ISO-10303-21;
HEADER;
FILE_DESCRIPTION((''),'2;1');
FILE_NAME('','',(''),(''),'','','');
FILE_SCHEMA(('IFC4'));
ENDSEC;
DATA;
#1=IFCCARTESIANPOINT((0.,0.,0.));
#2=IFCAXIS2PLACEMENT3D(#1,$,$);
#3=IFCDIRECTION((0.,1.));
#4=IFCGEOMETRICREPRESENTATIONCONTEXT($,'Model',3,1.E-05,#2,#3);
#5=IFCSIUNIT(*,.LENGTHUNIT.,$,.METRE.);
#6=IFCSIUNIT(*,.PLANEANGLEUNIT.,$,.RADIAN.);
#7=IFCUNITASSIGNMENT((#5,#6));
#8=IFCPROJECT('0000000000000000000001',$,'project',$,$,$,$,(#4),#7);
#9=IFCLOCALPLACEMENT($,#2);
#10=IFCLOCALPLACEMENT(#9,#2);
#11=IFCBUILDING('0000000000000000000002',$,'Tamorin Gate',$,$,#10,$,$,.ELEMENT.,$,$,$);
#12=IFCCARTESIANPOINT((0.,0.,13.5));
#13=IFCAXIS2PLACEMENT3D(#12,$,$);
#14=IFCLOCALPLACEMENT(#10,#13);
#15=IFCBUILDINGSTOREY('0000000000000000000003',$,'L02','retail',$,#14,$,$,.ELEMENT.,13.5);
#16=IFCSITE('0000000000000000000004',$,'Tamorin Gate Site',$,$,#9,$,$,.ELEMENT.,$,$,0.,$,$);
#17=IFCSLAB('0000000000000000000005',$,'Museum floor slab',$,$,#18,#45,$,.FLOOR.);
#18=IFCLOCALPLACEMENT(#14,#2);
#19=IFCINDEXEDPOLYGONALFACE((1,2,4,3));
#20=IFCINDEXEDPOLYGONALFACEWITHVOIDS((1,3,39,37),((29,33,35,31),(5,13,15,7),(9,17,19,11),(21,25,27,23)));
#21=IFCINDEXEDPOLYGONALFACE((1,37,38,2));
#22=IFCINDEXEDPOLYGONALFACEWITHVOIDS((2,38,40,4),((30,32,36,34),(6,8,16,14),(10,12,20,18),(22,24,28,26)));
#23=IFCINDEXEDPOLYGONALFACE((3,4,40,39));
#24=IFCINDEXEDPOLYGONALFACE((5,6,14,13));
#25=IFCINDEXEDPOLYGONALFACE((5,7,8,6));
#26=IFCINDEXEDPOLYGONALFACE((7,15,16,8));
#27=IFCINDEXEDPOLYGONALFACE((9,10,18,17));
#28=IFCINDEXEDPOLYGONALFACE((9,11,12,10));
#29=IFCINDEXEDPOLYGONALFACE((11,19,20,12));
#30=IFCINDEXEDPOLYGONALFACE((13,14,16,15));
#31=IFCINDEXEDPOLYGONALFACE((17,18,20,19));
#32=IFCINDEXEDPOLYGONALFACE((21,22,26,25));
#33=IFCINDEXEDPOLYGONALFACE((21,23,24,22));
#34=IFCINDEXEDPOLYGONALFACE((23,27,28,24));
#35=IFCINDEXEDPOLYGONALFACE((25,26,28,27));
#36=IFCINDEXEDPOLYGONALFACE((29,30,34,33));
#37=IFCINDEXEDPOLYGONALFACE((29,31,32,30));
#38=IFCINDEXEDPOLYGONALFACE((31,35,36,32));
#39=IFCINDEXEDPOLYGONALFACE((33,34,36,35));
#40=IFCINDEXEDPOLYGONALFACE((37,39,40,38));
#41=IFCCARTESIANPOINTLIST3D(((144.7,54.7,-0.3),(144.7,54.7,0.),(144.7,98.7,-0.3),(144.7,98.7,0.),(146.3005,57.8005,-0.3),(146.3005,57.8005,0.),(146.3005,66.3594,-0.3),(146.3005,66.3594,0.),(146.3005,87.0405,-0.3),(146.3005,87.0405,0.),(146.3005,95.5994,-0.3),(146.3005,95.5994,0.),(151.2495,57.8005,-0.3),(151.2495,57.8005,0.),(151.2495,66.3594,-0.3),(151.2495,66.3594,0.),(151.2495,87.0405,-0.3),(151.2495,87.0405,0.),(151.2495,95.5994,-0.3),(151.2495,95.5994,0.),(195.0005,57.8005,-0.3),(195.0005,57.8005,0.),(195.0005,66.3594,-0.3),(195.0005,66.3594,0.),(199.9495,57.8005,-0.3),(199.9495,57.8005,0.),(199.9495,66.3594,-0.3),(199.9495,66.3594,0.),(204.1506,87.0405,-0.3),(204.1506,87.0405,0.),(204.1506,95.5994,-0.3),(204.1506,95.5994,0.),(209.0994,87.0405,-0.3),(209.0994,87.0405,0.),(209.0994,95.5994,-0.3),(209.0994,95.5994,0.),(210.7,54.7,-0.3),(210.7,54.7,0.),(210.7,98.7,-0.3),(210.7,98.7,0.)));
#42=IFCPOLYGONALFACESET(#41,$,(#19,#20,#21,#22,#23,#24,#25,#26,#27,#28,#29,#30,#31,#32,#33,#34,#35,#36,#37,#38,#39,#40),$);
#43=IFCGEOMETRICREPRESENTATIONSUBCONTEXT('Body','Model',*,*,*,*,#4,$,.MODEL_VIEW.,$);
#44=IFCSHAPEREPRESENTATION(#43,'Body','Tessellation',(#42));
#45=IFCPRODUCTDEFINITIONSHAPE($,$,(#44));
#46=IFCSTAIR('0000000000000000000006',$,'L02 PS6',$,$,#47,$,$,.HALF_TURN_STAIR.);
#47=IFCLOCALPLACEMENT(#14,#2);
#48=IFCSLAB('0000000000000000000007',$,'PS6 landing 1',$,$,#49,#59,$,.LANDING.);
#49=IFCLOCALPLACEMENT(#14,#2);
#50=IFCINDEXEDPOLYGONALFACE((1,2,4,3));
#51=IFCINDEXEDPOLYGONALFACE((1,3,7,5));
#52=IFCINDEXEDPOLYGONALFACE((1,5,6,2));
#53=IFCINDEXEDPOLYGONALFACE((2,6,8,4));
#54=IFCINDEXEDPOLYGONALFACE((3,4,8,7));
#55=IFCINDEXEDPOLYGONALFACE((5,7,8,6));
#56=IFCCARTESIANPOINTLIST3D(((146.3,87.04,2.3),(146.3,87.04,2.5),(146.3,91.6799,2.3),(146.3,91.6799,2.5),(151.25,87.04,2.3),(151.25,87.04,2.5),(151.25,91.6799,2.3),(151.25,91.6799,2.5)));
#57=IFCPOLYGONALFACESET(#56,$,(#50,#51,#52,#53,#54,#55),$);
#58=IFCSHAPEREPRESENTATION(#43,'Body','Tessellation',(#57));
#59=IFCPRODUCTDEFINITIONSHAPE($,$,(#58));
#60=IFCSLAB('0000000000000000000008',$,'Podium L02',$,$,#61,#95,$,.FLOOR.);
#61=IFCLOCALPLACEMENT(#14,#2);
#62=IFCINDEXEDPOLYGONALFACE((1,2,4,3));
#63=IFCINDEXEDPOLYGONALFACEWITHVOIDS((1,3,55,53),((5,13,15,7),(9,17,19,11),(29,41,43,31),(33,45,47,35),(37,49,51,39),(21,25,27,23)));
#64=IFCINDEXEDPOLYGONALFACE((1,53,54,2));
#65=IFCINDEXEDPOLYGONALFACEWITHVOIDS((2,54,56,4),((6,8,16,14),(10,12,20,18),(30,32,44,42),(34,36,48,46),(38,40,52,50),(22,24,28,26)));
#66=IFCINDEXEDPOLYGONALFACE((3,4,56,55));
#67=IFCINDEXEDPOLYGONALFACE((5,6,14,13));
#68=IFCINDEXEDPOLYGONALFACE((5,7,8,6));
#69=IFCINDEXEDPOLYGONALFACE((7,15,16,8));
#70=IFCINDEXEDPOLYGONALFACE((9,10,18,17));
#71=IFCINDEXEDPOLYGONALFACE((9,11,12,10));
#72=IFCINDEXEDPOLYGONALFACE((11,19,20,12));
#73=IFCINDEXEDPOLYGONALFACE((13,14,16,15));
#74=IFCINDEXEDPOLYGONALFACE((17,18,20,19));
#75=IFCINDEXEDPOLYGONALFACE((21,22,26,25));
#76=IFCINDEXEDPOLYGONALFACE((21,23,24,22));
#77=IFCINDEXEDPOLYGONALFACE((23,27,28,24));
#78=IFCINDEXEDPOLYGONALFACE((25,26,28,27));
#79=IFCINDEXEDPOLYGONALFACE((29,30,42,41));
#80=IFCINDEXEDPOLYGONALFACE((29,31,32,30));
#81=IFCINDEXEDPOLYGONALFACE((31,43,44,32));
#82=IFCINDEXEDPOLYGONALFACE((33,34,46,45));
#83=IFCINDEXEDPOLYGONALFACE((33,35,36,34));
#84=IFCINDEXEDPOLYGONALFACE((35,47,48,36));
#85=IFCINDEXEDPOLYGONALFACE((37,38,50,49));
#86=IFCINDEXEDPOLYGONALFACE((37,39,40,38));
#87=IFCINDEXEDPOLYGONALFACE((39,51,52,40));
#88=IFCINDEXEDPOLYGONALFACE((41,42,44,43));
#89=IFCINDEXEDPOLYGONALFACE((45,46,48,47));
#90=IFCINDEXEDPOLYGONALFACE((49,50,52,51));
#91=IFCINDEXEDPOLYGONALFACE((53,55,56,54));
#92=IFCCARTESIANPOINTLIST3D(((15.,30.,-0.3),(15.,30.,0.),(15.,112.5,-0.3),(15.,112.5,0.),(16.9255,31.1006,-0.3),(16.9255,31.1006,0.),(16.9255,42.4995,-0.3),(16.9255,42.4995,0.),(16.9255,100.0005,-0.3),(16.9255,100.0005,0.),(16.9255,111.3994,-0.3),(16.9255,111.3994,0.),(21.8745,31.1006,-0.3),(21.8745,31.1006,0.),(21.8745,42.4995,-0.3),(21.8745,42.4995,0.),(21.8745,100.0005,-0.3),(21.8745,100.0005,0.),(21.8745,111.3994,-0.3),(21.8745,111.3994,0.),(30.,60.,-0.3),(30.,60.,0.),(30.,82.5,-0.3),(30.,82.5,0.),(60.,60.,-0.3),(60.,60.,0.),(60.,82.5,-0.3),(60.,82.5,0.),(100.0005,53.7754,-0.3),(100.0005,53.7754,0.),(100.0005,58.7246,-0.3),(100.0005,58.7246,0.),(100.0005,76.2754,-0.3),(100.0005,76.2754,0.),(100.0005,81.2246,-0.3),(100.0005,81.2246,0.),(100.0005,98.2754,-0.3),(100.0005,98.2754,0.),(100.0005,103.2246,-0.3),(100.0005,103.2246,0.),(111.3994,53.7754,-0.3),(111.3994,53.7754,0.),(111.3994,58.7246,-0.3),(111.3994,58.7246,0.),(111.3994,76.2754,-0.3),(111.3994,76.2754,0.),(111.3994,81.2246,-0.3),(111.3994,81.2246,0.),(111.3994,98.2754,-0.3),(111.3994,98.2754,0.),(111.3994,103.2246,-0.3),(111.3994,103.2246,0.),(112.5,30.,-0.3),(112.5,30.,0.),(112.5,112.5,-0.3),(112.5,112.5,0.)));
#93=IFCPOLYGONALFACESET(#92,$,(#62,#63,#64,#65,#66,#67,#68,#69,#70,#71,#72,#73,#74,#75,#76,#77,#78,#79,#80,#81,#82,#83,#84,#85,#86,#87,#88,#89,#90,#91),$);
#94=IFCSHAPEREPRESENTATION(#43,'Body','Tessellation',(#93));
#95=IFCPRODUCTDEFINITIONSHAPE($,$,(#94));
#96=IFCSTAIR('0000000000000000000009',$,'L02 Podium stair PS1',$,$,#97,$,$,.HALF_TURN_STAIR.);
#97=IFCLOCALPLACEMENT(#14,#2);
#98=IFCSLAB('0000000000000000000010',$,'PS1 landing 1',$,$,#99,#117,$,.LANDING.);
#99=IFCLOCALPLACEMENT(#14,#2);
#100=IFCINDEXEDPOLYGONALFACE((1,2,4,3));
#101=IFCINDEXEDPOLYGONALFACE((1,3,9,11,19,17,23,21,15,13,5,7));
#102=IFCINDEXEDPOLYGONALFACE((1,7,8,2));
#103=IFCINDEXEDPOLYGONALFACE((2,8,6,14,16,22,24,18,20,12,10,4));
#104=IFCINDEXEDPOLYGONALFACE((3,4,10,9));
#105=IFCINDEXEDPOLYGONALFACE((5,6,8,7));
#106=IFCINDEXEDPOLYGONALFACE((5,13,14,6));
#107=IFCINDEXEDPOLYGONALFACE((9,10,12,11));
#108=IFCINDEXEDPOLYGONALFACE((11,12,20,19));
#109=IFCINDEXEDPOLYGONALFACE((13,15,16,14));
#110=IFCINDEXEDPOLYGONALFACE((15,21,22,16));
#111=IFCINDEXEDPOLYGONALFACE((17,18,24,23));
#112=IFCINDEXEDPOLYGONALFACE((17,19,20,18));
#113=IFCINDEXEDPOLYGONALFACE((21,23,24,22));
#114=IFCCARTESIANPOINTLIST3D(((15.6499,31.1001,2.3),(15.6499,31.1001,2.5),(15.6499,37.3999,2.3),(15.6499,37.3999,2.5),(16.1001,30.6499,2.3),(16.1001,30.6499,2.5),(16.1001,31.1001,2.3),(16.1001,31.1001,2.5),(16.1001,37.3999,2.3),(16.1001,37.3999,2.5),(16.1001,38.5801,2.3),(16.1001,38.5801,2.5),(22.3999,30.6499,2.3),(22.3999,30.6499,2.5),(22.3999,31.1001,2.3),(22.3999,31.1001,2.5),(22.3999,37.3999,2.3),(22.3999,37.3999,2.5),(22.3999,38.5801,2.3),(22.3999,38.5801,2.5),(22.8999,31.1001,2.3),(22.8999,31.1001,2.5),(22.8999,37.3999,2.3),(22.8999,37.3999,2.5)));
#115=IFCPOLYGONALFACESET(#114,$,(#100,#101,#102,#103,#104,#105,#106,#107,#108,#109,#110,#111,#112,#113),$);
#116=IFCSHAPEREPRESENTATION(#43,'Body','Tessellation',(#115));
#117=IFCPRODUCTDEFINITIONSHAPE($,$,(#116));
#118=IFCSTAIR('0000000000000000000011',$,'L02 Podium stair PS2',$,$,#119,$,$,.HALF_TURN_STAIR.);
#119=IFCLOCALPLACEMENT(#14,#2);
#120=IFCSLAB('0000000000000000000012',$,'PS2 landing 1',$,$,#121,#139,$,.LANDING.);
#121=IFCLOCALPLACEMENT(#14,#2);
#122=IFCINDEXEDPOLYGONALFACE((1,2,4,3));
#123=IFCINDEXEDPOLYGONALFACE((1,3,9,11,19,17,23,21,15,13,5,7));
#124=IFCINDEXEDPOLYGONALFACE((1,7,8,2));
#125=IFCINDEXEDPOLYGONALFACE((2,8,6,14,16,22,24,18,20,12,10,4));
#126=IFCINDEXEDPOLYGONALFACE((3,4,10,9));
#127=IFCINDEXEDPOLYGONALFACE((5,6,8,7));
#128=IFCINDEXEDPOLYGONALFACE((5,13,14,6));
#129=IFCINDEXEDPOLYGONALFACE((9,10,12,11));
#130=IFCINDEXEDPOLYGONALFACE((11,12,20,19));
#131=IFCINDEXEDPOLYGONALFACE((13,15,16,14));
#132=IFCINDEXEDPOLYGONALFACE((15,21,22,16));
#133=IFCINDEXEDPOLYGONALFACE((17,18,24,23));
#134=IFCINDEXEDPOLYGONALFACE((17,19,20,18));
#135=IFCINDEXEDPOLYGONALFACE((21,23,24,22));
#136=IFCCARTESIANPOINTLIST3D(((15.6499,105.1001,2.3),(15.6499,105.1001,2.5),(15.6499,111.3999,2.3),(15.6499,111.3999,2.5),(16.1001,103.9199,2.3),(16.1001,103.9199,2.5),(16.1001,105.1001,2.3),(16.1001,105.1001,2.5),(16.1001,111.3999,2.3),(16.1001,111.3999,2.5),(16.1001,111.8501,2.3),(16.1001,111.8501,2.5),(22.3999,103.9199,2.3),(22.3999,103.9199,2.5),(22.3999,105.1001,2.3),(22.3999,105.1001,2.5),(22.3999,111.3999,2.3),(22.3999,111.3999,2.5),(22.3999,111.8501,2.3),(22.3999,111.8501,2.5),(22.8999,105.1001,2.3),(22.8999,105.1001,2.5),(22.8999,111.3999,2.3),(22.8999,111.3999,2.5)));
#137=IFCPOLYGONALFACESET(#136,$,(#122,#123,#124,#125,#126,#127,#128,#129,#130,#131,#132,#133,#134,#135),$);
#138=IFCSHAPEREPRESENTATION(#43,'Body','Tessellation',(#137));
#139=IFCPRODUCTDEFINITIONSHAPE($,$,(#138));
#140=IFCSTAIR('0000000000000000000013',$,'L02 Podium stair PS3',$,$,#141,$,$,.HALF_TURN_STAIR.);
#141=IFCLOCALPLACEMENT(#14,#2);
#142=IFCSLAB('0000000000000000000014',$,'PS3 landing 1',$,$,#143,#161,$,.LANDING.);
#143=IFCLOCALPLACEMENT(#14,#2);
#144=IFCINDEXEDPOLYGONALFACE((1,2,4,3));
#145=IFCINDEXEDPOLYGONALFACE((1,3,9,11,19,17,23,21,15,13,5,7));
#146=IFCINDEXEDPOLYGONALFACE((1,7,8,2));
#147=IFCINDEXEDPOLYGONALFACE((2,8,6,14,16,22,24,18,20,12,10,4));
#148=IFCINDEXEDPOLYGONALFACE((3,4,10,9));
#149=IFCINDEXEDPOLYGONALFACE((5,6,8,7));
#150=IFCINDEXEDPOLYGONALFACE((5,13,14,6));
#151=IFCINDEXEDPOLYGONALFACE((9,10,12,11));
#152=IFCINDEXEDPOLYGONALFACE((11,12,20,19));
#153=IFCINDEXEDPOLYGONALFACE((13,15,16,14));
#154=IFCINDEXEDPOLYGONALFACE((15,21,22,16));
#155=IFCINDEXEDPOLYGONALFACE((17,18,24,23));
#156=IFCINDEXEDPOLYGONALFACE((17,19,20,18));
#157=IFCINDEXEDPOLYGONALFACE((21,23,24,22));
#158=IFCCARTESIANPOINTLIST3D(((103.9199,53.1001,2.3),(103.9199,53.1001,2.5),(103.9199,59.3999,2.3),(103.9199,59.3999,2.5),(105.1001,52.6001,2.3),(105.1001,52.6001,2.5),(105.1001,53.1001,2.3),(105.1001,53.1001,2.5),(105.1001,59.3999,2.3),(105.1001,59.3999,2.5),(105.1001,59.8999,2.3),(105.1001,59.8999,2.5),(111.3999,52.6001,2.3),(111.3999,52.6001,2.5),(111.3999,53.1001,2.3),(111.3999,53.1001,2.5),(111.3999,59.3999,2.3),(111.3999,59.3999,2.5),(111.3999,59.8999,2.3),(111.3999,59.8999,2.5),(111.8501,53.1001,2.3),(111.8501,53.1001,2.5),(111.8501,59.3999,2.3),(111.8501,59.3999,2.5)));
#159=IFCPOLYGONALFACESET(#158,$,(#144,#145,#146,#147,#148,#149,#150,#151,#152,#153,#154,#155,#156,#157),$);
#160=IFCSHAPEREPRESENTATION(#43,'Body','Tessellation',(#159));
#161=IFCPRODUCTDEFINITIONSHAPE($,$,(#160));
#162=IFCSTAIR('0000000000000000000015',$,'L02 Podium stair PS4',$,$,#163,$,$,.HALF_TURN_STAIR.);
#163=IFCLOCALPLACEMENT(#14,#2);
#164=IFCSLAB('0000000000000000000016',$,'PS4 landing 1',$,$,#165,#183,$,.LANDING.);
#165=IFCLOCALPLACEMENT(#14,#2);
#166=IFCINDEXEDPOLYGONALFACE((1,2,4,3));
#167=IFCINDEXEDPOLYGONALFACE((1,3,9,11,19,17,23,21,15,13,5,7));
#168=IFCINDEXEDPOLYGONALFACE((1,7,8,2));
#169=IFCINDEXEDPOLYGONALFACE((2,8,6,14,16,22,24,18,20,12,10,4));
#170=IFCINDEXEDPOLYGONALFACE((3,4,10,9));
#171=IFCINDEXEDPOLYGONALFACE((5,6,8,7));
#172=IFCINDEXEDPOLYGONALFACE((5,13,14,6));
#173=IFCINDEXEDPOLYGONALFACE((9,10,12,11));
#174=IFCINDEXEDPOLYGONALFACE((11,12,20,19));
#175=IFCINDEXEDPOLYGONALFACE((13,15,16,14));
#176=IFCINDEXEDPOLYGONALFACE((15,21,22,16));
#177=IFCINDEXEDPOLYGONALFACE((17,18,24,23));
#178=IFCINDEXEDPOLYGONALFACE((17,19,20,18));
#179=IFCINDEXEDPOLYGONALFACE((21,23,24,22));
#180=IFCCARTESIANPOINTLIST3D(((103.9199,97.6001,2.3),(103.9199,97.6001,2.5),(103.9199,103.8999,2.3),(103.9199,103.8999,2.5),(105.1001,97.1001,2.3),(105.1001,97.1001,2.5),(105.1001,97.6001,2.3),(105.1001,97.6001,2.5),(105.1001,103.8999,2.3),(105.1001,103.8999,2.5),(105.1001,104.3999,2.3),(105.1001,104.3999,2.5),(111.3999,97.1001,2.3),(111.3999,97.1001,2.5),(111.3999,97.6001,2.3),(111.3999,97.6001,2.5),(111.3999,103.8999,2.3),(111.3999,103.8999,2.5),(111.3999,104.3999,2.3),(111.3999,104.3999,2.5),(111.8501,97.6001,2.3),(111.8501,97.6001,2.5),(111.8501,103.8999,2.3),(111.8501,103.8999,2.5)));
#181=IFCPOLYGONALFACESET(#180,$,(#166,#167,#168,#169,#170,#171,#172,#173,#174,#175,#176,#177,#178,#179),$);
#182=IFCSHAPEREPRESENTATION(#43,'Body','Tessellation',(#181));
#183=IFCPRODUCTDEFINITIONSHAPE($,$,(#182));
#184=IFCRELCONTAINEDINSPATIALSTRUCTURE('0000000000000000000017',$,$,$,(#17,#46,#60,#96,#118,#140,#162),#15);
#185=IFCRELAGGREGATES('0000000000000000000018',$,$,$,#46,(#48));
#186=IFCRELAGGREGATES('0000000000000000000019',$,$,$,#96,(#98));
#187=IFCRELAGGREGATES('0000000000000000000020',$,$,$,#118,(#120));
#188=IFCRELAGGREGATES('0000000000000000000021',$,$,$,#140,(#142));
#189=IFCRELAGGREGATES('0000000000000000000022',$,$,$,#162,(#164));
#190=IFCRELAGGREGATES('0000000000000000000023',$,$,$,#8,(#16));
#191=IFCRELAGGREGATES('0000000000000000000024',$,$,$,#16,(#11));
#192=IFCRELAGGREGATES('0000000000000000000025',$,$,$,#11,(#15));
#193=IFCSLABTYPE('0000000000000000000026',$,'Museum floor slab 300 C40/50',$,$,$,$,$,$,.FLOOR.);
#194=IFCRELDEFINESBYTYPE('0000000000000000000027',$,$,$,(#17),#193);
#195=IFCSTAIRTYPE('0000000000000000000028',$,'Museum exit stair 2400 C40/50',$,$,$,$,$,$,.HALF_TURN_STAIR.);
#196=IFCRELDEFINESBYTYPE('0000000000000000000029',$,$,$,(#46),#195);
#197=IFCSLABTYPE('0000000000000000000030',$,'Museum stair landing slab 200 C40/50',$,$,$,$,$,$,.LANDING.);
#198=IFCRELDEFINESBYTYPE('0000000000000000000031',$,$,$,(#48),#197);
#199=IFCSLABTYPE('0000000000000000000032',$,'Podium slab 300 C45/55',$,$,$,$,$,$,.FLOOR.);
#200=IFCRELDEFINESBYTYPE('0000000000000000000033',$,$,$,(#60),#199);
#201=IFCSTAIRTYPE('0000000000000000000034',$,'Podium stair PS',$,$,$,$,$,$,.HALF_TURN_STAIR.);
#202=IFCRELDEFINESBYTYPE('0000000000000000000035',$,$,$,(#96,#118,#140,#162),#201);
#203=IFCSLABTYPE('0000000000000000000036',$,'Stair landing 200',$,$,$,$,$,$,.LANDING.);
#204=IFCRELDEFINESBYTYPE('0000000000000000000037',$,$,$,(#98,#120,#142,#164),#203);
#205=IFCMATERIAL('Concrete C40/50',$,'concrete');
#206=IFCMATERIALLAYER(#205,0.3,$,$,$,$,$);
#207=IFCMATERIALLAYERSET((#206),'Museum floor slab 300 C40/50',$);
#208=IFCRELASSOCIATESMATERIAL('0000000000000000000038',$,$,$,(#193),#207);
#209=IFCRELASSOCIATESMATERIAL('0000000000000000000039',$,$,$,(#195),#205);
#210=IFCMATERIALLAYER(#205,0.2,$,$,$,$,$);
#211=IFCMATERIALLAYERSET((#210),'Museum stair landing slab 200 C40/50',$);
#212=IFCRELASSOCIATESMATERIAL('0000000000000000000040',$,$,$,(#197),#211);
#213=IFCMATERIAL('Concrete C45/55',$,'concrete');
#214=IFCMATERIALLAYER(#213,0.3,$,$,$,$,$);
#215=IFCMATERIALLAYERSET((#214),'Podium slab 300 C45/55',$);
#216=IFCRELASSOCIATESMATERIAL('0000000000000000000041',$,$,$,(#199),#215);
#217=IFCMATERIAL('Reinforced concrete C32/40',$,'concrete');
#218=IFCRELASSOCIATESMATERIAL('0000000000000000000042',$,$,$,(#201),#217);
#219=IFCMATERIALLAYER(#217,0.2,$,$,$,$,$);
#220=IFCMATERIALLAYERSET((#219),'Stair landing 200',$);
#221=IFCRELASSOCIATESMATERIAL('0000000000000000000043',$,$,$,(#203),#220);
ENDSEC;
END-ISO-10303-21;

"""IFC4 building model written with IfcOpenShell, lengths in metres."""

from ifc_helpers import new_model, si_unit, direction, frame, origin, place, context, subcontext, project, spatial, polyline, outline, extrude, material, layer, layer_set, type_object, element, aggregate, save


model = new_model("IFC4")

# Units and contexts
model_context = context("Model", 3, precision=1e-05, world=origin(), true_north=direction((0.0, 1.0)))
body_context = subcontext(model_context, "Body", "Model", "MODEL_VIEW")
ifc_project = project(units=[si_unit("LENGTHUNIT", "METRE"), si_unit("PLANEANGLEUNIT", "RADIAN")], contexts=[model_context])

# Site, building, storey
site_placement = place(None, origin())
site = spatial("IfcSite", under=ifc_project, at=site_placement, Name="Tamorin Gate Site", CompositionType="ELEMENT", RefElevation=0.0)
building_placement = place(site_placement, origin())
building = spatial("IfcBuilding", under=site, at=building_placement, Name="Tamorin Gate", CompositionType="ELEMENT")
storey_placement = place(building_placement, frame((0.0, 0.0, 13.5)))
storey = spatial("IfcBuildingStorey", under=building, at=storey_placement, Name="L02", Description="retail", CompositionType="ELEMENT", Elevation=13.5)

# Shared definitions
ifc_material_1 = material(Name="Concrete C40/50", Category="concrete")

# Slab
ifc_layer_1 = layer(ifc_material_1, 0.3)
ifc_layer_set_1 = layer_set([ifc_layer_1], Name="Museum floor slab 300 C40/50")
slab_type_1 = type_object("IfcSlabType", Name="Museum floor slab 300 C40/50", PredefinedType="FLOOR", material=ifc_layer_set_1)
slab_1_placement = place(storey_placement, frame((0.0, 0.0, -0.3)))
element("IfcSlab", 1, at=slab_1_placement, inside=storey, type_object=slab_type_1, Name="Museum floor slab", PredefinedType="FLOOR", context=body_context, shape_type="SweptSolid", body=[
    extrude(outline(polyline([(144.7, 54.7), (144.7, 98.7), (210.7, 98.7), (210.7, 54.7), (144.7, 54.7)]), holes=[polyline([(146.3005, 57.8005), (151.2495, 57.8005), (151.2495, 66.3594), (146.3005, 66.3594), (146.3005, 57.8005)]), polyline([(195.0005, 57.8005), (199.9495, 57.8005), (199.9495, 66.3594), (195.0005, 66.3594), (195.0005, 57.8005)]), polyline([(151.2495, 95.5994), (146.3005, 95.5994), (146.3005, 87.0405), (151.2495, 87.0405), (151.2495, 95.5994)]), polyline([(209.0994, 95.5994), (204.1506, 95.5994), (204.1506, 87.0405), (209.0994, 87.0405), (209.0994, 95.5994)])]), origin(), (0.0, 0.0, 1.0), 0.3),
])

# Stair, slab
stair_type_1 = type_object("IfcStairType", Name="Museum exit stair 2400 C40/50", PredefinedType="HALF_TURN_STAIR", material=ifc_material_1)
stair_1_placement = place(storey_placement, origin())
stair_1 = element("IfcStair", 2, at=stair_1_placement, inside=storey, type_object=stair_type_1, Name="L02 PS6", PredefinedType="HALF_TURN_STAIR")
ifc_layer_2 = layer(ifc_material_1, 0.2)
ifc_layer_set_2 = layer_set([ifc_layer_2], Name="Museum stair landing slab 200 C40/50")
slab_type_2 = type_object("IfcSlabType", Name="Museum stair landing slab 200 C40/50", PredefinedType="LANDING", material=ifc_layer_set_2)
slab_2_placement = place(storey_placement, frame((0.0, 0.0, 2.3)))
slab_2 = element("IfcSlab", 3, at=slab_2_placement, type_object=slab_type_2, Name="PS6 landing 1", PredefinedType="LANDING", context=body_context, shape_type="SweptSolid", body=[
    extrude(outline(polyline([(146.3, 91.6799), (146.3, 87.04), (151.25, 87.04), (151.25, 91.6799), (146.3, 91.6799)])), origin(), (0.0, 0.0, 1.0), 0.2),
])
aggregate(stair_1, [slab_2])

# Slab
ifc_material_2 = material(Name="Concrete C45/55", Category="concrete")
ifc_layer_3 = layer(ifc_material_2, 0.3)
ifc_layer_set_3 = layer_set([ifc_layer_3], Name="Podium slab 300 C45/55")
slab_type_3 = type_object("IfcSlabType", Name="Podium slab 300 C45/55", PredefinedType="FLOOR", material=ifc_layer_set_3)
slab_3_placement = place(storey_placement, frame((0.0, 0.0, -0.3)))
element("IfcSlab", 4, at=slab_3_placement, inside=storey, type_object=slab_type_3, Name="Podium L02", PredefinedType="FLOOR", context=body_context, shape_type="SweptSolid", body=[
    extrude(outline(polyline([(15.0, 30.0), (112.5, 30.0), (112.5, 112.5), (15.0, 112.5), (15.0, 30.0)]), holes=[polyline([(60.0, 60.0), (60.0, 82.5), (30.0, 82.5), (30.0, 60.0), (60.0, 60.0)]), polyline([(16.9255, 42.4995), (21.8745, 42.4995), (21.8745, 31.1006), (16.9255, 31.1006), (16.9255, 42.4995)]), polyline([(21.8745, 100.0005), (16.9255, 100.0005), (16.9255, 111.3994), (21.8745, 111.3994), (21.8745, 100.0005)]), polyline([(100.0005, 53.7754), (100.0005, 58.7246), (111.3994, 58.7246), (111.3994, 53.7754), (100.0005, 53.7754)]), polyline([(100.0005, 98.2754), (100.0005, 103.2246), (111.3994, 103.2246), (111.3994, 98.2754), (100.0005, 98.2754)]), polyline([(100.0005, 76.2754), (100.0005, 81.2246), (111.3994, 81.2246), (111.3994, 76.2754), (100.0005, 76.2754)])]), origin(), (0.0, 0.0, 1.0), 0.3),
])

# Stairs, slabs
ifc_material_3 = material(Name="Reinforced concrete C32/40", Category="concrete")
stair_type_2 = type_object("IfcStairType", Name="Podium stair PS", PredefinedType="HALF_TURN_STAIR", material=ifc_material_3)
stair_2_placement = place(storey_placement, origin())
stair_2 = element("IfcStair", 5, at=stair_2_placement, inside=storey, type_object=stair_type_2, Name="L02 Podium stair PS1", PredefinedType="HALF_TURN_STAIR")
ifc_layer_4 = layer(ifc_material_3, 0.2)
ifc_layer_set_4 = layer_set([ifc_layer_4], Name="Stair landing 200")
slab_type_4 = type_object("IfcSlabType", Name="Stair landing 200", PredefinedType="LANDING", material=ifc_layer_set_4)
slab_4_placement = place(storey_placement, frame((0.0, 0.0, 2.3)))
slab_4 = element("IfcSlab", 6, at=slab_4_placement, type_object=slab_type_4, Name="PS1 landing 1", PredefinedType="LANDING", context=body_context, shape_type="SweptSolid", body=[
    extrude(outline(polyline([(22.3999, 31.1001), (22.3999, 30.6499), (16.1001, 30.6499), (16.1001, 31.1001), (15.6499, 31.1001), (15.6499, 37.3999), (16.1001, 37.3999), (16.1001, 38.5801), (22.3999, 38.5801), (22.3999, 37.3999), (22.8999, 37.3999), (22.8999, 31.1001), (22.3999, 31.1001)])), origin(), (0.0, 0.0, 1.0), 0.2),
])
aggregate(stair_2, [slab_4])
stair_3_placement = place(storey_placement, origin())
stair_3 = element("IfcStair", 7, at=stair_3_placement, inside=storey, type_object=stair_type_2, Name="L02 Podium stair PS2", PredefinedType="HALF_TURN_STAIR")
slab_5_placement = place(storey_placement, frame((0.0, 0.0, 2.3)))
slab_5 = element("IfcSlab", 8, at=slab_5_placement, type_object=slab_type_4, Name="PS2 landing 1", PredefinedType="LANDING", context=body_context, shape_type="SweptSolid", body=[
    extrude(outline(polyline([(22.3999, 105.1001), (22.3999, 103.9199), (16.1001, 103.9199), (16.1001, 105.1001), (15.6499, 105.1001), (15.6499, 111.3999), (16.1001, 111.3999), (16.1001, 111.8501), (22.3999, 111.8501), (22.3999, 111.3999), (22.8999, 111.3999), (22.8999, 105.1001), (22.3999, 105.1001)])), origin(), (0.0, 0.0, 1.0), 0.2),
])
aggregate(stair_3, [slab_5])
stair_4_placement = place(storey_placement, origin())
stair_4 = element("IfcStair", 9, at=stair_4_placement, inside=storey, type_object=stair_type_2, Name="L02 Podium stair PS3", PredefinedType="HALF_TURN_STAIR")
slab_6_placement = place(storey_placement, frame((0.0, 0.0, 2.3)))
slab_6 = element("IfcSlab", 10, at=slab_6_placement, type_object=slab_type_4, Name="PS3 landing 1", PredefinedType="LANDING", context=body_context, shape_type="SweptSolid", body=[
    extrude(outline(polyline([(111.3999, 53.1001), (111.3999, 52.6001), (105.1001, 52.6001), (105.1001, 53.1001), (103.9199, 53.1001), (103.9199, 59.3999), (105.1001, 59.3999), (105.1001, 59.8999), (111.3999, 59.8999), (111.3999, 59.3999), (111.8501, 59.3999), (111.8501, 53.1001), (111.3999, 53.1001)])), origin(), (0.0, 0.0, 1.0), 0.2),
])
aggregate(stair_4, [slab_6])
stair_5_placement = place(storey_placement, origin())
stair_5 = element("IfcStair", 11, at=stair_5_placement, inside=storey, type_object=stair_type_2, Name="L02 Podium stair PS4", PredefinedType="HALF_TURN_STAIR")
slab_7_placement = place(storey_placement, frame((0.0, 0.0, 2.3)))
slab_7 = element("IfcSlab", 12, at=slab_7_placement, type_object=slab_type_4, Name="PS4 landing 1", PredefinedType="LANDING", context=body_context, shape_type="SweptSolid", body=[
    extrude(outline(polyline([(111.3999, 97.6001), (111.3999, 97.1001), (105.1001, 97.1001), (105.1001, 97.6001), (103.9199, 97.6001), (103.9199, 103.8999), (105.1001, 103.8999), (105.1001, 104.3999), (111.3999, 104.3999), (111.3999, 103.8999), (111.8501, 103.8999), (111.8501, 97.6001), (111.3999, 97.6001)])), origin(), (0.0, 0.0, 1.0), 0.2),
])
aggregate(stair_5, [slab_7])

save(model, "model.ifc")
